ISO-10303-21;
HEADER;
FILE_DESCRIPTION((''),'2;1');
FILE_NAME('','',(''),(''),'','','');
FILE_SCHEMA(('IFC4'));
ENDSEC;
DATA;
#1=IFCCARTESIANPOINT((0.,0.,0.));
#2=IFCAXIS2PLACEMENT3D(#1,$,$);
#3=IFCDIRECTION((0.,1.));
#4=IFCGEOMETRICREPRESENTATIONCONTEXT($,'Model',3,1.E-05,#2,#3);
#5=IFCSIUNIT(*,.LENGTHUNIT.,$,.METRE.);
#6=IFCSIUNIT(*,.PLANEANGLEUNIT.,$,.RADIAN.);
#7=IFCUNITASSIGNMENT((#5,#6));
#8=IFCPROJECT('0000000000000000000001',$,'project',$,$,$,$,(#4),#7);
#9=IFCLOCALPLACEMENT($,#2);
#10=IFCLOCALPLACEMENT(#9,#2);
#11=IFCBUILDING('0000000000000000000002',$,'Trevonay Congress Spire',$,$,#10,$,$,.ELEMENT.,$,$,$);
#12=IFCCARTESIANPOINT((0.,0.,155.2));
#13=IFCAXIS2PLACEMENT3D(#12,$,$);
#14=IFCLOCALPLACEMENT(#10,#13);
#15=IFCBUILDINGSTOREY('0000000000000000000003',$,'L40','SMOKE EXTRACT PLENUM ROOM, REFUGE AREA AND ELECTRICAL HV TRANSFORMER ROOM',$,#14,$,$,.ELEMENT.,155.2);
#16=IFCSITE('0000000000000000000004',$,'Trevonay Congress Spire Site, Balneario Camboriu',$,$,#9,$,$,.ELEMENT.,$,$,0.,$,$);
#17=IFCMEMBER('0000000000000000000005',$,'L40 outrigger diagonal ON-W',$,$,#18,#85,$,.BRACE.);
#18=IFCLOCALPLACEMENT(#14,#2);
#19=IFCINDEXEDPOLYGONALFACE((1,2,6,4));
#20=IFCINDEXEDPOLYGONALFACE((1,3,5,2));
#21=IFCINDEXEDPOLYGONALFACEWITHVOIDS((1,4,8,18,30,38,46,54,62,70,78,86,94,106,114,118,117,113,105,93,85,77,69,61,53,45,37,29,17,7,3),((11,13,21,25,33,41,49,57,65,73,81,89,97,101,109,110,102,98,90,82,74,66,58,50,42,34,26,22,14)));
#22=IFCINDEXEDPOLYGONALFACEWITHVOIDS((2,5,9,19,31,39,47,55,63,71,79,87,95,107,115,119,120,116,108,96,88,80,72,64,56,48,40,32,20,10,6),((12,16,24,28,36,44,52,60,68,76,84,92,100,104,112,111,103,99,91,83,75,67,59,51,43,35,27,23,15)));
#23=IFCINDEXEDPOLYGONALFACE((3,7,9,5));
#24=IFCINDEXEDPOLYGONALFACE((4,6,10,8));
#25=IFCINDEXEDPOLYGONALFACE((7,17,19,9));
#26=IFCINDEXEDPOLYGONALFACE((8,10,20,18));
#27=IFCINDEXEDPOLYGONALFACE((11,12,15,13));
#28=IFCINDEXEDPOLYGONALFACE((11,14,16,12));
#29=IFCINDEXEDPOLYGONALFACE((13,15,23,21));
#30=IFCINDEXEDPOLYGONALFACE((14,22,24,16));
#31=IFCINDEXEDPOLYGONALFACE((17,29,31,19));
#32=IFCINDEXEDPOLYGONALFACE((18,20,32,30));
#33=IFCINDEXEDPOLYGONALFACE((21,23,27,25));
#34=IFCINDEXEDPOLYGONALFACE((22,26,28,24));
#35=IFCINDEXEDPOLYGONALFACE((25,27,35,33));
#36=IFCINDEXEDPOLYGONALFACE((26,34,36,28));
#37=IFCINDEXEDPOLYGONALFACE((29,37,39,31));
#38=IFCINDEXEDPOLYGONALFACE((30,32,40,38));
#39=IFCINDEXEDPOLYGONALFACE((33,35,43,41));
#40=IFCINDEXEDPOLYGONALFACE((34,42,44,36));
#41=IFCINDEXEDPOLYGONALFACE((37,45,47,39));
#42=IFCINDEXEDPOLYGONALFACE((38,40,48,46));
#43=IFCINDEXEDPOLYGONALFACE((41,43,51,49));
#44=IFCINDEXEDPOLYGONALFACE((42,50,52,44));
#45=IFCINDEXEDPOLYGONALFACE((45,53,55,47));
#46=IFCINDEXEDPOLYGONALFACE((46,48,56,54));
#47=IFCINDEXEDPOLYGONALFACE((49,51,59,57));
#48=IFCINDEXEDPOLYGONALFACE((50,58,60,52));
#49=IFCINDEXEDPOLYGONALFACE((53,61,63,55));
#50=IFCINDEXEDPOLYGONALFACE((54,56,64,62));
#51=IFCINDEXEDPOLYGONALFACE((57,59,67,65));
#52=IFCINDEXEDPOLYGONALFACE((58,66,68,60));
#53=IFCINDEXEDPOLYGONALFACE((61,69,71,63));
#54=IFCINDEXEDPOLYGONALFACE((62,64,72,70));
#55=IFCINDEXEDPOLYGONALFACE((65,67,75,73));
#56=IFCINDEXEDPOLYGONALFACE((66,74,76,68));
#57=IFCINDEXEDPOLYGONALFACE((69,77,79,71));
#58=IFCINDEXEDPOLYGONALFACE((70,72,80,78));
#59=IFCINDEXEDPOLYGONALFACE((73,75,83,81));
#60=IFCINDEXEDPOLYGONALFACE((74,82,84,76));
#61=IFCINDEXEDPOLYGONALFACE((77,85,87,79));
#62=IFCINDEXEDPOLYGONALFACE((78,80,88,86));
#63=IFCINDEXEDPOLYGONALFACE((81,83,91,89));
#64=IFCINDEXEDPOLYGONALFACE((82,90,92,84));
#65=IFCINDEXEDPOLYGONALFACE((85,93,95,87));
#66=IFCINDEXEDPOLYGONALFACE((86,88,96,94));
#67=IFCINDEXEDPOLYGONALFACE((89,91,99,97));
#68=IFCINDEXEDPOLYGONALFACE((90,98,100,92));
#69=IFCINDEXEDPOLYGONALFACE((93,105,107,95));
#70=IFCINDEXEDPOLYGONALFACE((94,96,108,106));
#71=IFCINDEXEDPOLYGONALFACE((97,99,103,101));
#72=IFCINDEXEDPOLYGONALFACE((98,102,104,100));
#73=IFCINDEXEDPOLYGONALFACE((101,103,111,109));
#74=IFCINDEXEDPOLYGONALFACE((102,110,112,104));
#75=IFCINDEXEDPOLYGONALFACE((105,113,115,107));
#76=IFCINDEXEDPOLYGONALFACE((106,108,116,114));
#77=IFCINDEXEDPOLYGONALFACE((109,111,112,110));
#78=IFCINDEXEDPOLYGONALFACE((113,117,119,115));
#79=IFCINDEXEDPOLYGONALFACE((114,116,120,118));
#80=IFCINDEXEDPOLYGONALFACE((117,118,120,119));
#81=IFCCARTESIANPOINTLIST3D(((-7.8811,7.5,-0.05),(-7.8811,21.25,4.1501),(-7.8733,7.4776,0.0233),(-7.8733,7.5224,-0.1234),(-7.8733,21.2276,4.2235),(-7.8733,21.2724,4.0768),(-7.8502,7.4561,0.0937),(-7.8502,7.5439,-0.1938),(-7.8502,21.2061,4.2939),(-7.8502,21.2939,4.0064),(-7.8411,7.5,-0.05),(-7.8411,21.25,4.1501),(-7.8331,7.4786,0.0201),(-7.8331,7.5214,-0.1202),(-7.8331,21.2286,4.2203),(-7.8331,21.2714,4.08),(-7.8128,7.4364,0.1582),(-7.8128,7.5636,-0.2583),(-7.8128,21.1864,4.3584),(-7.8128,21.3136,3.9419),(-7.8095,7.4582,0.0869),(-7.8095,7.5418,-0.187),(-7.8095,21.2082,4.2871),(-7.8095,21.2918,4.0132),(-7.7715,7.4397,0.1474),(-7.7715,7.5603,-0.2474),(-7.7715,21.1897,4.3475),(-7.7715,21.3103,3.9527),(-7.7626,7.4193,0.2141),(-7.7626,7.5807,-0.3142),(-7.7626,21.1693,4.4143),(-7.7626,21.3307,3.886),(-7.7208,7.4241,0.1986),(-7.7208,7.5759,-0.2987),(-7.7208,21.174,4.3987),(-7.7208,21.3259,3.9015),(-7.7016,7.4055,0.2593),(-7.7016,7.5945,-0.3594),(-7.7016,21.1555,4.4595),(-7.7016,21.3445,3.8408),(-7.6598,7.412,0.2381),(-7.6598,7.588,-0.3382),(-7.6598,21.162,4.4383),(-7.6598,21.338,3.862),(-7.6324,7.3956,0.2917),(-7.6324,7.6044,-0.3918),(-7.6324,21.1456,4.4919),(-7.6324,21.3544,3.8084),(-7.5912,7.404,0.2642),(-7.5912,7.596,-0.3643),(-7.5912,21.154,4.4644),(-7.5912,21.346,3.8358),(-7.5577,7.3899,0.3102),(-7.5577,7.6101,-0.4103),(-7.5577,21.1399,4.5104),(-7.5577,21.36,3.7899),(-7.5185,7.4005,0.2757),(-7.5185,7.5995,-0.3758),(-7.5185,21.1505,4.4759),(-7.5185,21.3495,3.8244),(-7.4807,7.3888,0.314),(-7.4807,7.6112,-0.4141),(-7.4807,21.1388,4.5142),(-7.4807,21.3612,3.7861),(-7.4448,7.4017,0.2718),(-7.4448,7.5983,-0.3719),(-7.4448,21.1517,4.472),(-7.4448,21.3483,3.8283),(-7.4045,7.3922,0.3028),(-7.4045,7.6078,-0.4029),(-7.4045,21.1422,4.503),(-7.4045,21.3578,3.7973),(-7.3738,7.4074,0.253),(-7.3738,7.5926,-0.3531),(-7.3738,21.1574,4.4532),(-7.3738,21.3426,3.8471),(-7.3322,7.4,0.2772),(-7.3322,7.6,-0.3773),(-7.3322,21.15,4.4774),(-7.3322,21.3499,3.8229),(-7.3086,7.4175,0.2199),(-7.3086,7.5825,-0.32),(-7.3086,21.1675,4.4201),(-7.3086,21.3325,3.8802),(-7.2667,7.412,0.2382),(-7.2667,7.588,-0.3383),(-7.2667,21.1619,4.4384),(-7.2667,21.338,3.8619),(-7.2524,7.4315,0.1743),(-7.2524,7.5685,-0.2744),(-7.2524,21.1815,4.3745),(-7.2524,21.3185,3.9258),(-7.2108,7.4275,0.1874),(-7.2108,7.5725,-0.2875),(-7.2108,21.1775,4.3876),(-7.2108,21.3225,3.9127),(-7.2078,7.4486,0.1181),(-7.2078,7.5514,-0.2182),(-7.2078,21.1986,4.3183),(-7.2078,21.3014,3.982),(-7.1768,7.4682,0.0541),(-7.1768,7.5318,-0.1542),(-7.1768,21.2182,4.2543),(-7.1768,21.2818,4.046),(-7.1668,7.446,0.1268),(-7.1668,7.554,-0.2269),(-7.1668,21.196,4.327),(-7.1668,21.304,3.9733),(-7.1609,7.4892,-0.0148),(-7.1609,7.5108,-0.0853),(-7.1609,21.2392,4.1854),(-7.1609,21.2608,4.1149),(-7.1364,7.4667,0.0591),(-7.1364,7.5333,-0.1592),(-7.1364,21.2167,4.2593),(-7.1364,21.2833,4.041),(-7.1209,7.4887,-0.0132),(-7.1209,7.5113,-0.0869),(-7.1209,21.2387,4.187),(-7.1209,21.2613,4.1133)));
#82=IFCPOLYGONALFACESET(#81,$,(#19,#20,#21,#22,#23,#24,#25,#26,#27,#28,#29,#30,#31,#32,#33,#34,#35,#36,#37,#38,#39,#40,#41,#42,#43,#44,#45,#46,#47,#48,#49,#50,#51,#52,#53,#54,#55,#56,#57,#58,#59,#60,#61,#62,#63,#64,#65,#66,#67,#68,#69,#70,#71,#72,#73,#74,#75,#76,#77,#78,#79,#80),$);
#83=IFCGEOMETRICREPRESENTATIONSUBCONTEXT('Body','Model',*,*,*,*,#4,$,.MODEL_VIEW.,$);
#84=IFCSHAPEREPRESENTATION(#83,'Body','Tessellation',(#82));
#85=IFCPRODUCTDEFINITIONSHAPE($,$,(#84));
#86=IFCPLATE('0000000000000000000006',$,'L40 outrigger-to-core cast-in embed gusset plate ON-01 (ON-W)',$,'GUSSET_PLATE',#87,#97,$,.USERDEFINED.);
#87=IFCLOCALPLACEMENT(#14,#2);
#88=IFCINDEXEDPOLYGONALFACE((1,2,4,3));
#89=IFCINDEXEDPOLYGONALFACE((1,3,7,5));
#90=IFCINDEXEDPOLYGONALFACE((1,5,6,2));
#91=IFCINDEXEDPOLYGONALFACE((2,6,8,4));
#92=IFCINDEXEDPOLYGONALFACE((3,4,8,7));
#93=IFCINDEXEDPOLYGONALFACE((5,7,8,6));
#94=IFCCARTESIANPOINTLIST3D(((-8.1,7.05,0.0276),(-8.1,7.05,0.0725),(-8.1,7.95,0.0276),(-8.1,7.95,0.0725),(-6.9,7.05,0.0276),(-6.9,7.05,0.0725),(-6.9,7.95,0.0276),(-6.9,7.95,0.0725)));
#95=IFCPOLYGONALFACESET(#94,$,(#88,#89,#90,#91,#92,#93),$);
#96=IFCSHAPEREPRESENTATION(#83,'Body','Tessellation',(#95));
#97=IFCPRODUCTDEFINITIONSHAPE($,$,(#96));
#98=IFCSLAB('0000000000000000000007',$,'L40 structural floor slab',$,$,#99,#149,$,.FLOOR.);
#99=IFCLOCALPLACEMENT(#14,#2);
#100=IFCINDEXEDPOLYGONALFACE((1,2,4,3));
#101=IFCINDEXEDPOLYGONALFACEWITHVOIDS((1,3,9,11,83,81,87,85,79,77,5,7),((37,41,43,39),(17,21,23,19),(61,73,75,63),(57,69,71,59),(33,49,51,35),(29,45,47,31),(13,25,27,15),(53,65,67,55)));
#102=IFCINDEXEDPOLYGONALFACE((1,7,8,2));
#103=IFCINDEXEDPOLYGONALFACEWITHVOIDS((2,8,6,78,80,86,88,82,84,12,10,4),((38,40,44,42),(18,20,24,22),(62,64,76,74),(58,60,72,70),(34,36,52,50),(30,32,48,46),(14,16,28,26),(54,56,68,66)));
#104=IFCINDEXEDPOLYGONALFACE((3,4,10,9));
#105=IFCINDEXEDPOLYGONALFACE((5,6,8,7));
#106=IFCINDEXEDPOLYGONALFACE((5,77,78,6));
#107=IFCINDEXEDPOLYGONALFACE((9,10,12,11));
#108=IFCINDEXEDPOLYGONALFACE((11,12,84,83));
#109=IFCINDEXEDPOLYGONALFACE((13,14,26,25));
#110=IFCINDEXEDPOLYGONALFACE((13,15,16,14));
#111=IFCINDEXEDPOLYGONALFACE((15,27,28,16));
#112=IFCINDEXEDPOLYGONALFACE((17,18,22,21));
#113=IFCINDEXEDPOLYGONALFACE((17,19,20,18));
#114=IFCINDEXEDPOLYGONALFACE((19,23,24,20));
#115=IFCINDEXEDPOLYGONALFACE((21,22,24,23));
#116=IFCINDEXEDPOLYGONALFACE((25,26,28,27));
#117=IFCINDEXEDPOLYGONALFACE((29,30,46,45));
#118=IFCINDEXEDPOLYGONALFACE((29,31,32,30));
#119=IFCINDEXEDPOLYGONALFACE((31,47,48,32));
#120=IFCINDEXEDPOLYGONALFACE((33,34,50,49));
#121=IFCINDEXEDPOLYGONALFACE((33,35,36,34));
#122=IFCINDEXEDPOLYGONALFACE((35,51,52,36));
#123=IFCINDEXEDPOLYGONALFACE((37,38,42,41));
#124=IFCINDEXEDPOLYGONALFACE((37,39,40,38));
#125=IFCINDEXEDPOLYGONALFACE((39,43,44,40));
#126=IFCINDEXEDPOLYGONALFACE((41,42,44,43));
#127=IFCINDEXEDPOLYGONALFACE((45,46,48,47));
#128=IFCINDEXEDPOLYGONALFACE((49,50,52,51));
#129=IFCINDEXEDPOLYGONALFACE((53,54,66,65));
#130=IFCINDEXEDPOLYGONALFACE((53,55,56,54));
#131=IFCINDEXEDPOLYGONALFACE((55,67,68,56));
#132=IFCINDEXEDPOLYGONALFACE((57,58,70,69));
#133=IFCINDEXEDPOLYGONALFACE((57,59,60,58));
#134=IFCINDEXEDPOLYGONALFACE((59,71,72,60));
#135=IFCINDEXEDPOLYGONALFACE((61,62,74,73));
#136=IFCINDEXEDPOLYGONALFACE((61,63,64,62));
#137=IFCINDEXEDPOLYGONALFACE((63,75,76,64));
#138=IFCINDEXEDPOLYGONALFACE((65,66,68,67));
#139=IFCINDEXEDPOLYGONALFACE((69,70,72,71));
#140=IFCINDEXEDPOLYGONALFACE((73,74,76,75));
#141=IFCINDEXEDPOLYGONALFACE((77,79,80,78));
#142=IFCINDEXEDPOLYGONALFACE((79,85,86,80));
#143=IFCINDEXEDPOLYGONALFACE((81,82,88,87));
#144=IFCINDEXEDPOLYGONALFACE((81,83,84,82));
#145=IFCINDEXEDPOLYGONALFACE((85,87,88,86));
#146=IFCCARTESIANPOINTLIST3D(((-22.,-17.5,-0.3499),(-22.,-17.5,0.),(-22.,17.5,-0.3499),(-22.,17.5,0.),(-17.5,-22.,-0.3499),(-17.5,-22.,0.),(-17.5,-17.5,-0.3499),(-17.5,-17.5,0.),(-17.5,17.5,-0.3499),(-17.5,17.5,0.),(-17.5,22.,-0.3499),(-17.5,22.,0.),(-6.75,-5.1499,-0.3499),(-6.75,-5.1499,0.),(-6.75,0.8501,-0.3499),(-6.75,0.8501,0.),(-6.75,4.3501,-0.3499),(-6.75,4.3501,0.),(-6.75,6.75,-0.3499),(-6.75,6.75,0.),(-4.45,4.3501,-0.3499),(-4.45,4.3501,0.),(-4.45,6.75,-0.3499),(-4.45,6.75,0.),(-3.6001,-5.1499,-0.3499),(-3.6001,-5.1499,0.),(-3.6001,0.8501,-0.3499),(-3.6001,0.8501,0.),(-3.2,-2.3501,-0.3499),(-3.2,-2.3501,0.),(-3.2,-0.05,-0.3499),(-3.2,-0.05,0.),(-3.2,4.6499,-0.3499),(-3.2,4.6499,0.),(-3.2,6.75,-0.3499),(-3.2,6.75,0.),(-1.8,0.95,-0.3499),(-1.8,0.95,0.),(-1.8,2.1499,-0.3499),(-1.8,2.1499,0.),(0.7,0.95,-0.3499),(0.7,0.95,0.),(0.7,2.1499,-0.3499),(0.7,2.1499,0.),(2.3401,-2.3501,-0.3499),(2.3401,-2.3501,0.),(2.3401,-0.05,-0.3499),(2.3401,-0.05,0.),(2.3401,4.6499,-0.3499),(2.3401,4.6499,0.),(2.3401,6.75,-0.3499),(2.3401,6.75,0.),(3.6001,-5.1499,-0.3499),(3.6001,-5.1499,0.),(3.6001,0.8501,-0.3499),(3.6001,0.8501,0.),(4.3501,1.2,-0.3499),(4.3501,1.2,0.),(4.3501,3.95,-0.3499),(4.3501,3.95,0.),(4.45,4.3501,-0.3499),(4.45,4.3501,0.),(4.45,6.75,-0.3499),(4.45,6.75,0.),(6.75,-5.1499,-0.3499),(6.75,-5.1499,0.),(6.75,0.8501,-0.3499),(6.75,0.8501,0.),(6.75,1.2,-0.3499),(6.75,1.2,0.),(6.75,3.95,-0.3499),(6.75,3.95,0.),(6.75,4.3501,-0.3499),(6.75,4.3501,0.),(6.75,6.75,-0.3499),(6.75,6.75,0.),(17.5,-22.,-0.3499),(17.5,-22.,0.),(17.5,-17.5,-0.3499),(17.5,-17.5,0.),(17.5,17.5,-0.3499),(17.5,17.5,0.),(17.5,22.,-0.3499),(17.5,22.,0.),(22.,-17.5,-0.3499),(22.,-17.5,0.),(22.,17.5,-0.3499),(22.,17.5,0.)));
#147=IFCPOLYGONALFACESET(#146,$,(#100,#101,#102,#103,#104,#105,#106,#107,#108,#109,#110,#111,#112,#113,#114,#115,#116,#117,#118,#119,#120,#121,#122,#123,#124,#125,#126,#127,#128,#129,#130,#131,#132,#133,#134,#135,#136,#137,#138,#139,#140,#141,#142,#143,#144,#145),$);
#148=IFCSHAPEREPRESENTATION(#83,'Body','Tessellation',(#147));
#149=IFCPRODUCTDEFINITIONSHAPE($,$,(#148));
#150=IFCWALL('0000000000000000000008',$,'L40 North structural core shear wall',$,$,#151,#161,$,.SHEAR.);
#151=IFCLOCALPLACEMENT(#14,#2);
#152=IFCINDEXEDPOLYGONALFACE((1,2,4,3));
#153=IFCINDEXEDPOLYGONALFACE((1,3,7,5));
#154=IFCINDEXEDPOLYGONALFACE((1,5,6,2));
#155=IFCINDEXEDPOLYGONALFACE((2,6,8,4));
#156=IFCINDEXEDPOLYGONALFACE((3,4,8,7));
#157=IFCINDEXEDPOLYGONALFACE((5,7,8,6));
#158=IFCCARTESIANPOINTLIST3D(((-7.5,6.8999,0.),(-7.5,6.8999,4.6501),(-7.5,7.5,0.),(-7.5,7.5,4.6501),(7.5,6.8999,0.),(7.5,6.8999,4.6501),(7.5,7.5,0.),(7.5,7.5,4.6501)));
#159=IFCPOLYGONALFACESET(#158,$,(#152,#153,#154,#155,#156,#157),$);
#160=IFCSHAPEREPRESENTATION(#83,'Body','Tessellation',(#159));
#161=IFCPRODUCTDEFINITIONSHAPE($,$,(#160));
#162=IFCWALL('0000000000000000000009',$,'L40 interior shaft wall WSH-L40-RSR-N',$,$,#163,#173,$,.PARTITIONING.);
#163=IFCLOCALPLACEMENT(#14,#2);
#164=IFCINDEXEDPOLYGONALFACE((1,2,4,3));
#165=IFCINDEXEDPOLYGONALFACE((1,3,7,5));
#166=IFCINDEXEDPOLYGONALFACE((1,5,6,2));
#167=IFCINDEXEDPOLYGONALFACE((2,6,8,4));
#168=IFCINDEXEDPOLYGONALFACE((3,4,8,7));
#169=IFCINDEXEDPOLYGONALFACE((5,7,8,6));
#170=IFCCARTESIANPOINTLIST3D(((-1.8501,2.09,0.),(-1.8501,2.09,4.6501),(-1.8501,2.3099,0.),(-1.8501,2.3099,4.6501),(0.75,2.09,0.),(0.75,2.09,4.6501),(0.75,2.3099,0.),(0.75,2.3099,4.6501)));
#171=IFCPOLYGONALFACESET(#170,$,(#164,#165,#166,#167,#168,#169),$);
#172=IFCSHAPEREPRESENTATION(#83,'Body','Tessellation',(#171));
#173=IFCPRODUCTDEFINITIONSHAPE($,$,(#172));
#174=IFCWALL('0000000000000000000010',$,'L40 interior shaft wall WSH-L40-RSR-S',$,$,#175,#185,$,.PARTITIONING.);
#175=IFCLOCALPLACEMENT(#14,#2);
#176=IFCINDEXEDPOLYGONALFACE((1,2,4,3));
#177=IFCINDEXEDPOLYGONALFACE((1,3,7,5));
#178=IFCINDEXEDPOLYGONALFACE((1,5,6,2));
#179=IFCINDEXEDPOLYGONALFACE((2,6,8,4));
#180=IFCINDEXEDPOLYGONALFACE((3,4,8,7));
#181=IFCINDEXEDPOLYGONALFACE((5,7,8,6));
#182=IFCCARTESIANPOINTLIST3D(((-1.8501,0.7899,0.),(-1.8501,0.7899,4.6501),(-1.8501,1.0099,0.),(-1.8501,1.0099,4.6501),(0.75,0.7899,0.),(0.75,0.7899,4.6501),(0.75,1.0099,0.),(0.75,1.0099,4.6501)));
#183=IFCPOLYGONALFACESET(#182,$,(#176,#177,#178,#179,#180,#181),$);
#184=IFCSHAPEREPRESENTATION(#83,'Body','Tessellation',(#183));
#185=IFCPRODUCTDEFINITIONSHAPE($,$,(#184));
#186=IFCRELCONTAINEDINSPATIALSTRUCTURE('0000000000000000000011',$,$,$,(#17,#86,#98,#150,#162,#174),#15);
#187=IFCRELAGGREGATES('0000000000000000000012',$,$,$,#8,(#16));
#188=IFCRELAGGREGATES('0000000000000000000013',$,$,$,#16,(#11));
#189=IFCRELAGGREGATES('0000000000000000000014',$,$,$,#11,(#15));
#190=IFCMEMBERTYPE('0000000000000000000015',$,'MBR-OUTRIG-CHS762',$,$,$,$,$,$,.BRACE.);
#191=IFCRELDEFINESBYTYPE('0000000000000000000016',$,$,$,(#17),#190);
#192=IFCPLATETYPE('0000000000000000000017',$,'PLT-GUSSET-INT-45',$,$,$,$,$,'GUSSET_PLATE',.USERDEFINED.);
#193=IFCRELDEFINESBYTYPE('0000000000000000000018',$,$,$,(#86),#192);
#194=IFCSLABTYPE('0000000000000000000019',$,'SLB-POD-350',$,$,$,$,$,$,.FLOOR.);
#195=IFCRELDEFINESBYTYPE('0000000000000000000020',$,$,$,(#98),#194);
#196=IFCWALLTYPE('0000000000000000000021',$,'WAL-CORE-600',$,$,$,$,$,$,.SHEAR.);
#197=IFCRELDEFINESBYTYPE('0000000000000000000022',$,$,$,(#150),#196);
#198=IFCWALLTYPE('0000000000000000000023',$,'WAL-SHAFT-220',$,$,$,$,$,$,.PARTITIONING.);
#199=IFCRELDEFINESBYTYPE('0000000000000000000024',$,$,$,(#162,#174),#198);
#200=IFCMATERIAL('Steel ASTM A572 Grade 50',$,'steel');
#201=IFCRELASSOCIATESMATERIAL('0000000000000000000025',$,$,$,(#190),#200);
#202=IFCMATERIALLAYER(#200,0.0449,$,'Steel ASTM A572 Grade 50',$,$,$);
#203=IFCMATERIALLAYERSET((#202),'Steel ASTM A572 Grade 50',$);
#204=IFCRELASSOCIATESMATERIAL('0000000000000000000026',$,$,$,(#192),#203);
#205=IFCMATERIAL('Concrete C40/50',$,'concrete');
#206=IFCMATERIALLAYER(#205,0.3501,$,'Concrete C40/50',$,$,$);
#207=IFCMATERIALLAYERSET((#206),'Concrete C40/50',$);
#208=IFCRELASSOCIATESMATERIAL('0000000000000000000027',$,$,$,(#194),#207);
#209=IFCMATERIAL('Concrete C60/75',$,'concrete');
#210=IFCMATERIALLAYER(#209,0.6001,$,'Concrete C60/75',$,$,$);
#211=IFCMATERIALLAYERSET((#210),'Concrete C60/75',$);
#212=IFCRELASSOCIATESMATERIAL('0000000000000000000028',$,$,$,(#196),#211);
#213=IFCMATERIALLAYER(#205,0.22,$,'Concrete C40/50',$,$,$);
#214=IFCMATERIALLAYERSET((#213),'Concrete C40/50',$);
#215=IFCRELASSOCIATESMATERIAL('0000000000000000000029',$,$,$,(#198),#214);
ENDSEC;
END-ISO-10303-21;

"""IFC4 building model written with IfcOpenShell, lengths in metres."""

from ifc_helpers import new_model, si_unit, direction, frame, frame_2d, origin, origin_2d, place, context, subcontext, project, spatial, polyline, rectangle, hollow_circle, outline, extrude, material, layer, layer_set, material_profile, profile_set, type_object, element, save


model = new_model("IFC4")

# Units and contexts
model_context = context("Model", 3, precision=1e-05, world=origin(), true_north=direction((0.0, 1.0)))
body_context = subcontext(model_context, "Body", "Model", "MODEL_VIEW")
ifc_project = project(units=[si_unit("LENGTHUNIT", "METRE"), si_unit("PLANEANGLEUNIT", "RADIAN")], contexts=[model_context])

# Site, building, storey
site_placement = place(None, origin())
site = spatial("IfcSite", under=ifc_project, at=site_placement, Name="Trevonay Congress Spire Site, Balneario Camboriu", CompositionType="ELEMENT", RefElevation=0.0)
building_placement = place(site_placement, origin())
building = spatial("IfcBuilding", under=site, at=building_placement, Name="Trevonay Congress Spire", CompositionType="ELEMENT")
storey_placement = place(building_placement, frame((0.0, 0.0, 155.2)))
storey = spatial("IfcBuildingStorey", under=building, at=storey_placement, Name="L40", Description="SMOKE EXTRACT PLENUM ROOM, REFUGE AREA AND ELECTRICAL HV TRANSFORMER ROOM", CompositionType="ELEMENT", Elevation=155.2)

# Shared definitions
ifc_material_1 = material(Name="Steel ASTM A572 Grade 50", Category="steel")

# Member
ifc_material_profile_1 = material_profile(ifc_material_1, hollow_circle(Radius=0.3811, WallThickness=0.04, at=origin_2d()), Name="CHS 762x40")
ifc_profile_set_1 = profile_set([ifc_material_profile_1], Name="Steel ASTM A572 Grade 50")
member_type_1 = type_object("IfcMemberType", Name="MBR-OUTRIG-CHS762", PredefinedType="BRACE", material=ifc_profile_set_1)
member_1_placement = place(storey_placement, frame((-7.5, 7.5, -0.05), z_axis=(0.0, 0.956375, 0.292143), x_axis=(-1.0, 0.0, 0.0)))
element("IfcMember", 1, at=member_1_placement, inside=storey, type_object=member_type_1, Name="L40 outrigger diagonal ON-W", PredefinedType="BRACE", context=body_context, shape_type="SweptSolid", body=[
    extrude(hollow_circle(Radius=0.3811, WallThickness=0.04, at=origin_2d()), origin(), (0.0, 0.0, 1.0), 14.3772),
])

# Plate
ifc_layer_1 = layer(ifc_material_1, 0.0449, Name="Steel ASTM A572 Grade 50")
ifc_layer_set_1 = layer_set([ifc_layer_1], Name="Steel ASTM A572 Grade 50")
plate_type = type_object("IfcPlateType", Name="PLT-GUSSET-INT-45", ElementType="GUSSET_PLATE", PredefinedType="USERDEFINED", material=ifc_layer_set_1)
plate_placement = place(storey_placement, frame((-7.5, 7.5, 0.0276), z_axis=(0.0, 0.0, 1.0), x_axis=(1.0, 0.0, 0.0)))
element("IfcPlate", 2, at=plate_placement, inside=storey, type_object=plate_type, Name="L40 outrigger-to-core cast-in embed gusset plate ON-01 (ON-W)", ObjectType="GUSSET_PLATE", PredefinedType="USERDEFINED", context=body_context, shape_type="SweptSolid", body=[
    extrude(rectangle(XDim=1.2, YDim=0.8999, at=origin_2d()), origin(), (0.0, 0.0, 1.0), 0.0449),
])

# Slab
ifc_material_2 = material(Name="Concrete C40/50", Category="concrete")
ifc_layer_2 = layer(ifc_material_2, 0.3501, Name="Concrete C40/50")
ifc_layer_set_2 = layer_set([ifc_layer_2], Name="Concrete C40/50")
slab_type = type_object("IfcSlabType", Name="SLB-POD-350", PredefinedType="FLOOR", material=ifc_layer_set_2)
slab_placement = place(storey_placement, frame((0.0, 0.0, -0.3499)))
element("IfcSlab", 3, at=slab_placement, inside=storey, type_object=slab_type, Name="L40 structural floor slab", PredefinedType="FLOOR", context=body_context, shape_type="SweptSolid", body=[
    extrude(outline(polyline([(-17.5, -22.0), (17.5, -22.0), (17.5, -17.5), (22.0, -17.5), (22.0, 17.5), (17.5, 17.5), (17.5, 22.0), (-17.5, 22.0), (-17.5, 17.5), (-22.0, 17.5), (-22.0, -17.5), (-17.5, -17.5), (-17.5, -22.0)]), holes=[polyline([(-3.6001, -5.1499), (-3.6001, 0.8501), (-6.75, 0.8501), (-6.75, -5.1499), (-3.6001, -5.1499)]), polyline([(6.75, -5.1499), (6.75, 0.8501), (3.6001, 0.8501), (3.6001, -5.1499), (6.75, -5.1499)]), polyline([(-3.2, -2.3501), (2.3401, -2.3501), (2.3401, -0.05), (-3.2, -0.05), (-3.2, -2.3501)]), polyline([(-3.2, 4.6499), (2.3401, 4.6499), (2.3401, 6.75), (-3.2, 6.75), (-3.2, 4.6499)]), polyline([(-6.75, 4.3501), (-4.45, 4.3501), (-4.45, 6.75), (-6.75, 6.75), (-6.75, 4.3501)]), polyline([(4.45, 4.3501), (6.75, 4.3501), (6.75, 6.75), (4.45, 6.75), (4.45, 4.3501)]), polyline([(4.3501, 1.2), (6.75, 1.2), (6.75, 3.95), (4.3501, 3.95), (4.3501, 1.2)]), polyline([(-1.8, 0.95), (0.7, 0.95), (0.7, 2.1499), (-1.8, 2.1499), (-1.8, 0.95)])]), origin(), (0.0, 0.0, 1.0), 0.3499),
])

# Walls
ifc_material_3 = material(Name="Concrete C60/75", Category="concrete")
ifc_layer_3 = layer(ifc_material_3, 0.6001, Name="Concrete C60/75")
ifc_layer_set_3 = layer_set([ifc_layer_3], Name="Concrete C60/75")
wall_type_1 = type_object("IfcWallType", Name="WAL-CORE-600", PredefinedType="SHEAR", material=ifc_layer_set_3)
wall_1_placement = place(storey_placement, frame((-7.5, 7.2, 0.0), z_axis=(0.0, 0.0, 1.0), x_axis=(1.0, 0.0, 0.0)))
element("IfcWall", 4, at=wall_1_placement, inside=storey, type_object=wall_type_1, Name="L40 North structural core shear wall", PredefinedType="SHEAR", context=body_context, shape_type="SweptSolid", body=[
    extrude(rectangle(XDim=15.0, YDim=0.6001, at=frame_2d((7.5, 0.0))), origin(), (0.0, 0.0, 1.0), 4.6501),
])
ifc_layer_4 = layer(ifc_material_2, 0.22, Name="Concrete C40/50")
ifc_layer_set_4 = layer_set([ifc_layer_4], Name="Concrete C40/50")
wall_type_2 = type_object("IfcWallType", Name="WAL-SHAFT-220", PredefinedType="PARTITIONING", material=ifc_layer_set_4)
for number, where, z_axis, x_axis, name in (
    (5, (-1.8501, 2.2, 0.0), (0.0, 0.0, 1.0), (1.0, 0.0, 0.0), "L40 interior shaft wall WSH-L40-RSR-N"),
    (6, (-1.8501, 0.8999, 0.0), (0.0, 0.0, 1.0), (1.0, 0.0, 0.0), "L40 interior shaft wall WSH-L40-RSR-S"),
):
    element("IfcWall", number, at=place(storey_placement, frame(where, z_axis=z_axis, x_axis=x_axis)), inside=storey, type_object=wall_type_2, Name=name, PredefinedType="PARTITIONING", context=body_context, shape_type="SweptSolid", body=[
        extrude(rectangle(XDim=2.6001, YDim=0.22, at=frame_2d((1.3, 0.0))), origin(), (0.0, 0.0, 1.0), 4.6501),
    ])

save(model, "model.ifc")
